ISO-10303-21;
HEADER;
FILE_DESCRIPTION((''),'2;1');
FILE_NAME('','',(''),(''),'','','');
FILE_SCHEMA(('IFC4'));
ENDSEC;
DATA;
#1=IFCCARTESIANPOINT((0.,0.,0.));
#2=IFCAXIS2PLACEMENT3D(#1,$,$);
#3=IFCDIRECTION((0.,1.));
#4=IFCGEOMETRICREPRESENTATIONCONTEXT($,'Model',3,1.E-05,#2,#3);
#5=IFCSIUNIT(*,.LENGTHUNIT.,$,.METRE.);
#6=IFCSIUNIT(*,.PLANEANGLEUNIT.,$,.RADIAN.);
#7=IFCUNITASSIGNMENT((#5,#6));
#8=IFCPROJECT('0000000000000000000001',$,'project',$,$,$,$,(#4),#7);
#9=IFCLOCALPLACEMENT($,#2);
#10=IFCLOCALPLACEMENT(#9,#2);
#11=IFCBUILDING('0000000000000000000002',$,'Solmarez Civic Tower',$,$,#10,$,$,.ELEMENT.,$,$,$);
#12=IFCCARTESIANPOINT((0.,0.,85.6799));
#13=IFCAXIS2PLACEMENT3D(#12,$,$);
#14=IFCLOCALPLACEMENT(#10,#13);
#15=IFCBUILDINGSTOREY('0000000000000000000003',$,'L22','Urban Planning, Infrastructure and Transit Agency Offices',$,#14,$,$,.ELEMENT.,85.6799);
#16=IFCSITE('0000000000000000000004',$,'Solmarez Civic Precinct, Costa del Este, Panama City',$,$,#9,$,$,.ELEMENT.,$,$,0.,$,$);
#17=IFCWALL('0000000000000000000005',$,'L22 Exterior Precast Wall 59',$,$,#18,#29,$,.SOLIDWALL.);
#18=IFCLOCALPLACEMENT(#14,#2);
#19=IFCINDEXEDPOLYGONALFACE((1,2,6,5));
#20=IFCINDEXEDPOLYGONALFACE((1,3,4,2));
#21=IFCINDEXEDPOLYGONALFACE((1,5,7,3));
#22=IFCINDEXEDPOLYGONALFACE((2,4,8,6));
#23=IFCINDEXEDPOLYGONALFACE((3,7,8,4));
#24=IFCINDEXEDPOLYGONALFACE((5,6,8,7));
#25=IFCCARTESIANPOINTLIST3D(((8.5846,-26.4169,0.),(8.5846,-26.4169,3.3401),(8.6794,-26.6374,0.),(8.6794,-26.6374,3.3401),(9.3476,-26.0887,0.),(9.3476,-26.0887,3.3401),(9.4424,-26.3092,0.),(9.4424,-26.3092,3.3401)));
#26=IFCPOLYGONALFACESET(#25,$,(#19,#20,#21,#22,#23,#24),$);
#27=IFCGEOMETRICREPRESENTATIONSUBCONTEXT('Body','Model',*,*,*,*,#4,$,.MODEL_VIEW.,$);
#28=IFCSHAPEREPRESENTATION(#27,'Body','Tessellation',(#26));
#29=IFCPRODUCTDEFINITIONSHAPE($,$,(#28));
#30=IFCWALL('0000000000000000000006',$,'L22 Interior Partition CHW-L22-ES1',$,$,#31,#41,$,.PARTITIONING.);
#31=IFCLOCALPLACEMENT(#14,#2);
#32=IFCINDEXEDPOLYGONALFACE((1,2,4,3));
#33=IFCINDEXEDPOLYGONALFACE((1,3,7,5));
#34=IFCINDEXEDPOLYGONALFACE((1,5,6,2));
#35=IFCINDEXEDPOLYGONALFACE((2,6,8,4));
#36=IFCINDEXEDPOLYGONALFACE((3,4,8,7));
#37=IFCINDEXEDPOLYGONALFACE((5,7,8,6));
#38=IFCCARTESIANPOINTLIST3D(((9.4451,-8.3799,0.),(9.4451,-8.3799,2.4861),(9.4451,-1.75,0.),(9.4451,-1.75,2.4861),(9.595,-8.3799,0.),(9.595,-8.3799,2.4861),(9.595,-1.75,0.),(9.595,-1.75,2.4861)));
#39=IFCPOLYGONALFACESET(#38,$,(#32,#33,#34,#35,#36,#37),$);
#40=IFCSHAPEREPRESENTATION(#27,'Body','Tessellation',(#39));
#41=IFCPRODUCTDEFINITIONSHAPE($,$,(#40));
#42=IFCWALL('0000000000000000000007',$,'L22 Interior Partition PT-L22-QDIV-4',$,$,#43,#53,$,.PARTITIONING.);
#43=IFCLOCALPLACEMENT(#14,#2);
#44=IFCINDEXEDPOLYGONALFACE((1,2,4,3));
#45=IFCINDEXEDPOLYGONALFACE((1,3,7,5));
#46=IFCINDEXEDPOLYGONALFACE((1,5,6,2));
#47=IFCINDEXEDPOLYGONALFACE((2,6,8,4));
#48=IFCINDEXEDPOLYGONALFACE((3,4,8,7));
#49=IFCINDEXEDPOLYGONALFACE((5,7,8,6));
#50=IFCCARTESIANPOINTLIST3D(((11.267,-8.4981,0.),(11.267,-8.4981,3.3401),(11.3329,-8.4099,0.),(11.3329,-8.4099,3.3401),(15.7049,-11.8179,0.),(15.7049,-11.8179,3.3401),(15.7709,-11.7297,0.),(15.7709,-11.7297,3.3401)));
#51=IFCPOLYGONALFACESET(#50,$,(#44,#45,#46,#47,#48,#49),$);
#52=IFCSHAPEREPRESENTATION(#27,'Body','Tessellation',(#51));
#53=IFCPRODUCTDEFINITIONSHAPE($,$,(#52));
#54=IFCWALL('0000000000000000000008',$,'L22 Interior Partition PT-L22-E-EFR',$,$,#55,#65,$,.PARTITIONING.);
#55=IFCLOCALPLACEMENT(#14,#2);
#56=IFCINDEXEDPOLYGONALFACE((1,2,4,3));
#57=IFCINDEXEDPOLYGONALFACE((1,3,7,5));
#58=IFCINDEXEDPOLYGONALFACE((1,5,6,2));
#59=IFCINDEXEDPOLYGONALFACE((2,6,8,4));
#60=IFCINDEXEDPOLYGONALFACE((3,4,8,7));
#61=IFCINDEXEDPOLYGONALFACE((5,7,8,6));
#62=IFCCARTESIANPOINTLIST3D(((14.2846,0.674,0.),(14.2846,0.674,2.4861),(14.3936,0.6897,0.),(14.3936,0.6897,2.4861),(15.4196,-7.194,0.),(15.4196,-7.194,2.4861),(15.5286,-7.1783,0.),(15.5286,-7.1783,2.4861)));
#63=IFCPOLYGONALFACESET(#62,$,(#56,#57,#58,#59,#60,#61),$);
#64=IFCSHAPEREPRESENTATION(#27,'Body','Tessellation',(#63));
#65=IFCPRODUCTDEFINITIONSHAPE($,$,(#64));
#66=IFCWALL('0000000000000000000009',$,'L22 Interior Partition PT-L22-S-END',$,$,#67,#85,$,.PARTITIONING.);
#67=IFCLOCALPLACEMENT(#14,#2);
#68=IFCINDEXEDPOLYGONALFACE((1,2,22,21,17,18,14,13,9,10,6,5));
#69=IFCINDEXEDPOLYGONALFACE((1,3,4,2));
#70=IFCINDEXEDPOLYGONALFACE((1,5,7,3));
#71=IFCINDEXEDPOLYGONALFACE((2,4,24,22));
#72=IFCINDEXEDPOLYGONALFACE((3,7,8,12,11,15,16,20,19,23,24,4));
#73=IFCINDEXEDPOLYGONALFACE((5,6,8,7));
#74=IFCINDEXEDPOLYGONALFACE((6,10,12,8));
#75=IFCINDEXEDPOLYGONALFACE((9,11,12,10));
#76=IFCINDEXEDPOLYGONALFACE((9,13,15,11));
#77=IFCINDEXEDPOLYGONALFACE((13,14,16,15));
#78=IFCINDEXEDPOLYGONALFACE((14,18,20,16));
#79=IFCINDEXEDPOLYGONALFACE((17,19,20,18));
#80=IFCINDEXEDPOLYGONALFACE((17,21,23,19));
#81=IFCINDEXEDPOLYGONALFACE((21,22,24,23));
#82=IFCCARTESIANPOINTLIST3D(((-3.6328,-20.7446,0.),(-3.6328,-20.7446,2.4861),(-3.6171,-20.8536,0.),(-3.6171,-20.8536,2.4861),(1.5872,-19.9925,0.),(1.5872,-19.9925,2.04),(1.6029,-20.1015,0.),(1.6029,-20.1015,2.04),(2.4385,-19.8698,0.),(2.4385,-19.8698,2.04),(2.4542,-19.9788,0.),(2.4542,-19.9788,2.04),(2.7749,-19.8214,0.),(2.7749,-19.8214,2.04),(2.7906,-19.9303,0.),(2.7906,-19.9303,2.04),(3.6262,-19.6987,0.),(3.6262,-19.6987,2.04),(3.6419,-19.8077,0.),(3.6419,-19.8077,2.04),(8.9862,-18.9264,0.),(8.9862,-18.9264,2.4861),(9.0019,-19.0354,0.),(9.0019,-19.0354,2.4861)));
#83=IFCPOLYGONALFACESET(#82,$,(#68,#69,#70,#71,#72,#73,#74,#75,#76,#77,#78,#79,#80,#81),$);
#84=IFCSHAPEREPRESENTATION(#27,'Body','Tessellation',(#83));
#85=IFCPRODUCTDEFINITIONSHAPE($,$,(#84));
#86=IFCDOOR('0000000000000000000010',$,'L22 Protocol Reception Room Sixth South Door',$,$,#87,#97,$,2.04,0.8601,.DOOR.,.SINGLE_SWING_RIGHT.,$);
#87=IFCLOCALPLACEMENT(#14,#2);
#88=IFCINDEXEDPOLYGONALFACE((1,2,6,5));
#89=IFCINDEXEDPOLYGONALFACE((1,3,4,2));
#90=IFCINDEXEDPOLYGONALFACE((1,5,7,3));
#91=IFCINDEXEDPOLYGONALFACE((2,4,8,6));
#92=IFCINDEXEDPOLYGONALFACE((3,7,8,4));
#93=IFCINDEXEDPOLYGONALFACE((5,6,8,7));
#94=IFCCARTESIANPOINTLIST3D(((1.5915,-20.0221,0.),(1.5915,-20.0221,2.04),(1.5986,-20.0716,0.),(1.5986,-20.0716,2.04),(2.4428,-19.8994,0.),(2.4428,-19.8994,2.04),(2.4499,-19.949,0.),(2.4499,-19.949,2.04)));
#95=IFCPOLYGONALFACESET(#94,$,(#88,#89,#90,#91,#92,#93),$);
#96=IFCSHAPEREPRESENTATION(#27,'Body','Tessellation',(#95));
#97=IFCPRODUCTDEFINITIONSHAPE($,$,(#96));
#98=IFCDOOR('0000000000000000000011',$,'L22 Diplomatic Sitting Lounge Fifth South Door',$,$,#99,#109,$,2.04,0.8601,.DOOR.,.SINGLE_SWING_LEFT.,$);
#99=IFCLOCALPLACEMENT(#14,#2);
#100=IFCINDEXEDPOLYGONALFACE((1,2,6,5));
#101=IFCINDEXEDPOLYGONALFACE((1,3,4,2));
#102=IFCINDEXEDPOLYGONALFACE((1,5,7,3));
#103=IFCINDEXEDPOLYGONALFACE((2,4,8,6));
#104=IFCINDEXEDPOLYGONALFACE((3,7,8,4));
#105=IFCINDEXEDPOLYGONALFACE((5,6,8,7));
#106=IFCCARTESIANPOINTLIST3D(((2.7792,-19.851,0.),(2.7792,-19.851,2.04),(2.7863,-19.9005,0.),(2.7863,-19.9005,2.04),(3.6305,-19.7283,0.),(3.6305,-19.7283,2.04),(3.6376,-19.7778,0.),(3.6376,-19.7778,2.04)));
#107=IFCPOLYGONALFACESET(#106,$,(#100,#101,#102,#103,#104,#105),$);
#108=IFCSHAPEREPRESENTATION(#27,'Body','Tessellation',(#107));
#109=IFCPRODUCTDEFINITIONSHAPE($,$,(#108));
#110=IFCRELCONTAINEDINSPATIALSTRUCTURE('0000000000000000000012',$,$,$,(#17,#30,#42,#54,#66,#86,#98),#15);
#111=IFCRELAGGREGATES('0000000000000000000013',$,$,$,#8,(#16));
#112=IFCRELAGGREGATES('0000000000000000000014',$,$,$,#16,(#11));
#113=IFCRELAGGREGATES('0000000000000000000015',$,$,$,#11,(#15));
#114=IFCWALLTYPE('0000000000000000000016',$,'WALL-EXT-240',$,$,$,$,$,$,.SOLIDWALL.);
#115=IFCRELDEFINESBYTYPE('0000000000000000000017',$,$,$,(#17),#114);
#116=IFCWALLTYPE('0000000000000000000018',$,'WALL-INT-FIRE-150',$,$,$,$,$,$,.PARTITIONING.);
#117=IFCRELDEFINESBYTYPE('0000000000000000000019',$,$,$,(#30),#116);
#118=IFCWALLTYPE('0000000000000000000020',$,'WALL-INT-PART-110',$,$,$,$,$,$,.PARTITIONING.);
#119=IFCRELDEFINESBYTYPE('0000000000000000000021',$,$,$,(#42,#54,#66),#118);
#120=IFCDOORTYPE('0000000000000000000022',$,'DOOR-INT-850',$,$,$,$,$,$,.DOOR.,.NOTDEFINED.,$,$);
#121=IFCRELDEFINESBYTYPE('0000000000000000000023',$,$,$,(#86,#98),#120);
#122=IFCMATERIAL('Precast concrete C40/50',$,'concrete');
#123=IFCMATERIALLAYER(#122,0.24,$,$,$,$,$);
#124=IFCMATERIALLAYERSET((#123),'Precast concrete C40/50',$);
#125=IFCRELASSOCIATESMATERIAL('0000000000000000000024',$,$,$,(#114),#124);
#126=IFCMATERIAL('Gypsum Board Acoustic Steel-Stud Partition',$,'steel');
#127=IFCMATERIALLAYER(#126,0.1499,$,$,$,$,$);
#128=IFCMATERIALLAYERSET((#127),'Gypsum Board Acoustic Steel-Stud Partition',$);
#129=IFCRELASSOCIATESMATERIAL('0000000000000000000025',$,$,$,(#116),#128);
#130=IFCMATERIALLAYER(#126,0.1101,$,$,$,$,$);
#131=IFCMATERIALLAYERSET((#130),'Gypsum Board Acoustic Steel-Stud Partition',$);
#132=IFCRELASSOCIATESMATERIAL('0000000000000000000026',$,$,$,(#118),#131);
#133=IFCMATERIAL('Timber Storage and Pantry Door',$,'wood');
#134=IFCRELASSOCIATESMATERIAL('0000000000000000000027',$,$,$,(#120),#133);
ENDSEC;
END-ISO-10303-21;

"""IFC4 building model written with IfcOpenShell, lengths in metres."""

from ifc_helpers import new_model, si_unit, direction, frame, frame_2d, origin, place, context, subcontext, project, spatial, rectangle, extrude, material, layer, layer_set, type_object, element, fill, save


model = new_model("IFC4")

# Units and contexts
model_context = context("Model", 3, precision=1e-05, world=origin(), true_north=direction((0.0, 1.0)))
body_context = subcontext(model_context, "Body", "Model", "MODEL_VIEW")
ifc_project = project(units=[si_unit("LENGTHUNIT", "METRE"), si_unit("PLANEANGLEUNIT", "RADIAN")], contexts=[model_context])

# Site, building, storey
site_placement = place(None, origin())
site = spatial("IfcSite", under=ifc_project, at=site_placement, Name="Solmarez Civic Precinct, Costa del Este, Panama City", CompositionType="ELEMENT", RefElevation=0.0)
building_placement = place(site_placement, origin())
building = spatial("IfcBuilding", under=site, at=building_placement, Name="Solmarez Civic Tower", CompositionType="ELEMENT")
storey_placement = place(building_placement, frame((0.0, 0.0, 85.6799)))
storey = spatial("IfcBuildingStorey", under=building, at=storey_placement, Name="L22", Description="Urban Planning, Infrastructure and Transit Agency Offices", CompositionType="ELEMENT", Elevation=85.6799)

# Walls
ifc_material_1 = material(Name="Precast concrete C40/50", Category="concrete")
ifc_layer_1 = layer(ifc_material_1, 0.24)
ifc_layer_set_1 = layer_set([ifc_layer_1], Name="Precast concrete C40/50")
wall_type_1 = type_object("IfcWallType", Name="WALL-EXT-240", PredefinedType="SOLIDWALL", material=ifc_layer_set_1)
wall_1_placement = place(storey_placement, frame((9.395, -26.199, 0.0), z_axis=(0.0, 0.0, 1.0), x_axis=(-0.918643, -0.39509, 0.0)))
element("IfcWall", 1, at=wall_1_placement, inside=storey, type_object=wall_type_1, Name="L22 Exterior Precast Wall 59", PredefinedType="SOLIDWALL", context=body_context, shape_type="SweptSolid", body=[
    extrude(rectangle(XDim=0.8306, YDim=0.24, at=frame_2d((0.4153, 0.0))), origin(), (0.0, 0.0, 1.0), 3.3401),
])
ifc_material_2 = material(Name="Gypsum Board Acoustic Steel-Stud Partition", Category="steel")
ifc_layer_2 = layer(ifc_material_2, 0.1499)
ifc_layer_set_2 = layer_set([ifc_layer_2], Name="Gypsum Board Acoustic Steel-Stud Partition")
wall_type_2 = type_object("IfcWallType", Name="WALL-INT-FIRE-150", PredefinedType="PARTITIONING", material=ifc_layer_set_2)
wall_2_placement = place(storey_placement, frame((9.52, -8.3799, 0.0), z_axis=(0.0, 0.0, 1.0), x_axis=(0.0, 1.0, 0.0)))
element("IfcWall", 2, at=wall_2_placement, inside=storey, type_object=wall_type_2, Name="L22 Interior Partition CHW-L22-ES1", PredefinedType="PARTITIONING", context=body_context, shape_type="SweptSolid", body=[
    extrude(rectangle(XDim=6.6299, YDim=0.1499, at=frame_2d((3.3149, 0.0))), origin(), (0.0, 0.0, 1.0), 2.4861),
])
ifc_layer_3 = layer(ifc_material_2, 0.1101)
ifc_layer_set_3 = layer_set([ifc_layer_3], Name="Gypsum Board Acoustic Steel-Stud Partition")
wall_type_3 = type_object("IfcWallType", Name="WALL-INT-PART-110", PredefinedType="PARTITIONING", material=ifc_layer_set_3)
wall_3_placement = place(storey_placement, frame((11.3, -8.4541, 0.0), z_axis=(0.0, 0.0, 1.0), x_axis=(0.80075, -0.598999, 0.0)))
element("IfcWall", 3, at=wall_3_placement, inside=storey, type_object=wall_type_3, Name="L22 Interior Partition PT-L22-QDIV-4", PredefinedType="PARTITIONING", context=body_context, shape_type="SweptSolid", body=[
    extrude(rectangle(XDim=5.5422, YDim=0.1101, at=frame_2d((2.771, 0.0))), origin(), (0.0, 0.0, 1.0), 3.3401),
])
wall_4_placement = place(storey_placement, frame((15.4741, -7.186, 0.0), z_axis=(0.0, 0.0, 1.0), x_axis=(-0.14278, 0.989754, 0.0)))
element("IfcWall", 4, at=wall_4_placement, inside=storey, type_object=wall_type_3, Name="L22 Interior Partition PT-L22-E-EFR", PredefinedType="PARTITIONING", context=body_context, shape_type="SweptSolid", body=[
    extrude(rectangle(XDim=7.9495, YDim=0.1101, at=frame_2d((3.9746, 0.0))), origin(), (0.0, 0.0, 1.0), 2.4861),
])

# Wall, openings, doors
wall_5_placement = place(storey_placement, frame((8.9939, -18.981, 0.0), z_axis=(0.0, 0.0, 1.0), x_axis=(-0.98978, -0.142606, 0.0)))
wall_5 = element("IfcWall", 5, at=wall_5_placement, inside=storey, type_object=wall_type_3, Name="L22 Interior Partition PT-L22-S-END", PredefinedType="PARTITIONING", context=body_context, shape_type="SweptSolid", body=[
    extrude(rectangle(XDim=12.7493, YDim=0.1101, at=frame_2d((6.3745, 0.0))), origin(), (0.0, 0.0, 1.0), 2.4861),
])
opening_1_placement = place(wall_5_placement, frame((6.615, 0.0, 0.0)))
opening_1 = element("IfcOpeningElement", 6, at=opening_1_placement, cuts=wall_5, PredefinedType="OPENING", context=body_context, shape_type="SweptSolid", body=[
    extrude(rectangle(XDim=0.8601, YDim=2.04, at=frame_2d((0.4302, 1.02))), frame((0.0, 0.0649, 0.0), z_axis=(0.0, -1.0, 0.0), x_axis=(1.0, 0.0, 0.0)), (0.0, 0.0, 1.0), 0.1301),
])
opening_2_placement = place(wall_5_placement, frame((5.415, 0.0, 0.0)))
opening_2 = element("IfcOpeningElement", 7, at=opening_2_placement, cuts=wall_5, PredefinedType="OPENING", context=body_context, shape_type="SweptSolid", body=[
    extrude(rectangle(XDim=0.8601, YDim=2.04, at=frame_2d((0.4302, 1.02))), frame((0.0, 0.0649, 0.0), z_axis=(0.0, -1.0, 0.0), x_axis=(1.0, 0.0, 0.0)), (0.0, 0.0, 1.0), 0.1301),
])
ifc_material_3 = material(Name="Timber Storage and Pantry Door", Category="wood")
door_type = type_object("IfcDoorType", Name="DOOR-INT-850", OperationType="NOTDEFINED", PredefinedType="DOOR", material=ifc_material_3)
door_1_placement = place(opening_1_placement, origin())
door_1 = element("IfcDoor", 8, at=door_1_placement, inside=storey, type_object=door_type, Name="L22 Protocol Reception Room Sixth South Door", OperationType="SINGLE_SWING_RIGHT", OverallHeight=2.04, OverallWidth=0.8601, PredefinedType="DOOR", context=body_context, shape_type="SweptSolid", body=[
    extrude(rectangle(XDim=0.8601, YDim=2.04, at=frame_2d((0.4302, 1.02))), frame((0.0, 0.0249, 0.0), z_axis=(0.0, -1.0, 0.0), x_axis=(1.0, 0.0, 0.0)), (0.0, 0.0, 1.0), 0.05),
])
fill(opening_1, door_1)
door_2_placement = place(opening_2_placement, origin())
door_2 = element("IfcDoor", 9, at=door_2_placement, inside=storey, type_object=door_type, Name="L22 Diplomatic Sitting Lounge Fifth South Door", OperationType="SINGLE_SWING_LEFT", OverallHeight=2.04, OverallWidth=0.8601, PredefinedType="DOOR", context=body_context, shape_type="SweptSolid", body=[
    extrude(rectangle(XDim=0.8601, YDim=2.04, at=frame_2d((0.4302, 1.02))), frame((0.0, 0.0249, 0.0), z_axis=(0.0, -1.0, 0.0), x_axis=(1.0, 0.0, 0.0)), (0.0, 0.0, 1.0), 0.05),
])
fill(opening_2, door_2)

save(model, "model.ifc")
